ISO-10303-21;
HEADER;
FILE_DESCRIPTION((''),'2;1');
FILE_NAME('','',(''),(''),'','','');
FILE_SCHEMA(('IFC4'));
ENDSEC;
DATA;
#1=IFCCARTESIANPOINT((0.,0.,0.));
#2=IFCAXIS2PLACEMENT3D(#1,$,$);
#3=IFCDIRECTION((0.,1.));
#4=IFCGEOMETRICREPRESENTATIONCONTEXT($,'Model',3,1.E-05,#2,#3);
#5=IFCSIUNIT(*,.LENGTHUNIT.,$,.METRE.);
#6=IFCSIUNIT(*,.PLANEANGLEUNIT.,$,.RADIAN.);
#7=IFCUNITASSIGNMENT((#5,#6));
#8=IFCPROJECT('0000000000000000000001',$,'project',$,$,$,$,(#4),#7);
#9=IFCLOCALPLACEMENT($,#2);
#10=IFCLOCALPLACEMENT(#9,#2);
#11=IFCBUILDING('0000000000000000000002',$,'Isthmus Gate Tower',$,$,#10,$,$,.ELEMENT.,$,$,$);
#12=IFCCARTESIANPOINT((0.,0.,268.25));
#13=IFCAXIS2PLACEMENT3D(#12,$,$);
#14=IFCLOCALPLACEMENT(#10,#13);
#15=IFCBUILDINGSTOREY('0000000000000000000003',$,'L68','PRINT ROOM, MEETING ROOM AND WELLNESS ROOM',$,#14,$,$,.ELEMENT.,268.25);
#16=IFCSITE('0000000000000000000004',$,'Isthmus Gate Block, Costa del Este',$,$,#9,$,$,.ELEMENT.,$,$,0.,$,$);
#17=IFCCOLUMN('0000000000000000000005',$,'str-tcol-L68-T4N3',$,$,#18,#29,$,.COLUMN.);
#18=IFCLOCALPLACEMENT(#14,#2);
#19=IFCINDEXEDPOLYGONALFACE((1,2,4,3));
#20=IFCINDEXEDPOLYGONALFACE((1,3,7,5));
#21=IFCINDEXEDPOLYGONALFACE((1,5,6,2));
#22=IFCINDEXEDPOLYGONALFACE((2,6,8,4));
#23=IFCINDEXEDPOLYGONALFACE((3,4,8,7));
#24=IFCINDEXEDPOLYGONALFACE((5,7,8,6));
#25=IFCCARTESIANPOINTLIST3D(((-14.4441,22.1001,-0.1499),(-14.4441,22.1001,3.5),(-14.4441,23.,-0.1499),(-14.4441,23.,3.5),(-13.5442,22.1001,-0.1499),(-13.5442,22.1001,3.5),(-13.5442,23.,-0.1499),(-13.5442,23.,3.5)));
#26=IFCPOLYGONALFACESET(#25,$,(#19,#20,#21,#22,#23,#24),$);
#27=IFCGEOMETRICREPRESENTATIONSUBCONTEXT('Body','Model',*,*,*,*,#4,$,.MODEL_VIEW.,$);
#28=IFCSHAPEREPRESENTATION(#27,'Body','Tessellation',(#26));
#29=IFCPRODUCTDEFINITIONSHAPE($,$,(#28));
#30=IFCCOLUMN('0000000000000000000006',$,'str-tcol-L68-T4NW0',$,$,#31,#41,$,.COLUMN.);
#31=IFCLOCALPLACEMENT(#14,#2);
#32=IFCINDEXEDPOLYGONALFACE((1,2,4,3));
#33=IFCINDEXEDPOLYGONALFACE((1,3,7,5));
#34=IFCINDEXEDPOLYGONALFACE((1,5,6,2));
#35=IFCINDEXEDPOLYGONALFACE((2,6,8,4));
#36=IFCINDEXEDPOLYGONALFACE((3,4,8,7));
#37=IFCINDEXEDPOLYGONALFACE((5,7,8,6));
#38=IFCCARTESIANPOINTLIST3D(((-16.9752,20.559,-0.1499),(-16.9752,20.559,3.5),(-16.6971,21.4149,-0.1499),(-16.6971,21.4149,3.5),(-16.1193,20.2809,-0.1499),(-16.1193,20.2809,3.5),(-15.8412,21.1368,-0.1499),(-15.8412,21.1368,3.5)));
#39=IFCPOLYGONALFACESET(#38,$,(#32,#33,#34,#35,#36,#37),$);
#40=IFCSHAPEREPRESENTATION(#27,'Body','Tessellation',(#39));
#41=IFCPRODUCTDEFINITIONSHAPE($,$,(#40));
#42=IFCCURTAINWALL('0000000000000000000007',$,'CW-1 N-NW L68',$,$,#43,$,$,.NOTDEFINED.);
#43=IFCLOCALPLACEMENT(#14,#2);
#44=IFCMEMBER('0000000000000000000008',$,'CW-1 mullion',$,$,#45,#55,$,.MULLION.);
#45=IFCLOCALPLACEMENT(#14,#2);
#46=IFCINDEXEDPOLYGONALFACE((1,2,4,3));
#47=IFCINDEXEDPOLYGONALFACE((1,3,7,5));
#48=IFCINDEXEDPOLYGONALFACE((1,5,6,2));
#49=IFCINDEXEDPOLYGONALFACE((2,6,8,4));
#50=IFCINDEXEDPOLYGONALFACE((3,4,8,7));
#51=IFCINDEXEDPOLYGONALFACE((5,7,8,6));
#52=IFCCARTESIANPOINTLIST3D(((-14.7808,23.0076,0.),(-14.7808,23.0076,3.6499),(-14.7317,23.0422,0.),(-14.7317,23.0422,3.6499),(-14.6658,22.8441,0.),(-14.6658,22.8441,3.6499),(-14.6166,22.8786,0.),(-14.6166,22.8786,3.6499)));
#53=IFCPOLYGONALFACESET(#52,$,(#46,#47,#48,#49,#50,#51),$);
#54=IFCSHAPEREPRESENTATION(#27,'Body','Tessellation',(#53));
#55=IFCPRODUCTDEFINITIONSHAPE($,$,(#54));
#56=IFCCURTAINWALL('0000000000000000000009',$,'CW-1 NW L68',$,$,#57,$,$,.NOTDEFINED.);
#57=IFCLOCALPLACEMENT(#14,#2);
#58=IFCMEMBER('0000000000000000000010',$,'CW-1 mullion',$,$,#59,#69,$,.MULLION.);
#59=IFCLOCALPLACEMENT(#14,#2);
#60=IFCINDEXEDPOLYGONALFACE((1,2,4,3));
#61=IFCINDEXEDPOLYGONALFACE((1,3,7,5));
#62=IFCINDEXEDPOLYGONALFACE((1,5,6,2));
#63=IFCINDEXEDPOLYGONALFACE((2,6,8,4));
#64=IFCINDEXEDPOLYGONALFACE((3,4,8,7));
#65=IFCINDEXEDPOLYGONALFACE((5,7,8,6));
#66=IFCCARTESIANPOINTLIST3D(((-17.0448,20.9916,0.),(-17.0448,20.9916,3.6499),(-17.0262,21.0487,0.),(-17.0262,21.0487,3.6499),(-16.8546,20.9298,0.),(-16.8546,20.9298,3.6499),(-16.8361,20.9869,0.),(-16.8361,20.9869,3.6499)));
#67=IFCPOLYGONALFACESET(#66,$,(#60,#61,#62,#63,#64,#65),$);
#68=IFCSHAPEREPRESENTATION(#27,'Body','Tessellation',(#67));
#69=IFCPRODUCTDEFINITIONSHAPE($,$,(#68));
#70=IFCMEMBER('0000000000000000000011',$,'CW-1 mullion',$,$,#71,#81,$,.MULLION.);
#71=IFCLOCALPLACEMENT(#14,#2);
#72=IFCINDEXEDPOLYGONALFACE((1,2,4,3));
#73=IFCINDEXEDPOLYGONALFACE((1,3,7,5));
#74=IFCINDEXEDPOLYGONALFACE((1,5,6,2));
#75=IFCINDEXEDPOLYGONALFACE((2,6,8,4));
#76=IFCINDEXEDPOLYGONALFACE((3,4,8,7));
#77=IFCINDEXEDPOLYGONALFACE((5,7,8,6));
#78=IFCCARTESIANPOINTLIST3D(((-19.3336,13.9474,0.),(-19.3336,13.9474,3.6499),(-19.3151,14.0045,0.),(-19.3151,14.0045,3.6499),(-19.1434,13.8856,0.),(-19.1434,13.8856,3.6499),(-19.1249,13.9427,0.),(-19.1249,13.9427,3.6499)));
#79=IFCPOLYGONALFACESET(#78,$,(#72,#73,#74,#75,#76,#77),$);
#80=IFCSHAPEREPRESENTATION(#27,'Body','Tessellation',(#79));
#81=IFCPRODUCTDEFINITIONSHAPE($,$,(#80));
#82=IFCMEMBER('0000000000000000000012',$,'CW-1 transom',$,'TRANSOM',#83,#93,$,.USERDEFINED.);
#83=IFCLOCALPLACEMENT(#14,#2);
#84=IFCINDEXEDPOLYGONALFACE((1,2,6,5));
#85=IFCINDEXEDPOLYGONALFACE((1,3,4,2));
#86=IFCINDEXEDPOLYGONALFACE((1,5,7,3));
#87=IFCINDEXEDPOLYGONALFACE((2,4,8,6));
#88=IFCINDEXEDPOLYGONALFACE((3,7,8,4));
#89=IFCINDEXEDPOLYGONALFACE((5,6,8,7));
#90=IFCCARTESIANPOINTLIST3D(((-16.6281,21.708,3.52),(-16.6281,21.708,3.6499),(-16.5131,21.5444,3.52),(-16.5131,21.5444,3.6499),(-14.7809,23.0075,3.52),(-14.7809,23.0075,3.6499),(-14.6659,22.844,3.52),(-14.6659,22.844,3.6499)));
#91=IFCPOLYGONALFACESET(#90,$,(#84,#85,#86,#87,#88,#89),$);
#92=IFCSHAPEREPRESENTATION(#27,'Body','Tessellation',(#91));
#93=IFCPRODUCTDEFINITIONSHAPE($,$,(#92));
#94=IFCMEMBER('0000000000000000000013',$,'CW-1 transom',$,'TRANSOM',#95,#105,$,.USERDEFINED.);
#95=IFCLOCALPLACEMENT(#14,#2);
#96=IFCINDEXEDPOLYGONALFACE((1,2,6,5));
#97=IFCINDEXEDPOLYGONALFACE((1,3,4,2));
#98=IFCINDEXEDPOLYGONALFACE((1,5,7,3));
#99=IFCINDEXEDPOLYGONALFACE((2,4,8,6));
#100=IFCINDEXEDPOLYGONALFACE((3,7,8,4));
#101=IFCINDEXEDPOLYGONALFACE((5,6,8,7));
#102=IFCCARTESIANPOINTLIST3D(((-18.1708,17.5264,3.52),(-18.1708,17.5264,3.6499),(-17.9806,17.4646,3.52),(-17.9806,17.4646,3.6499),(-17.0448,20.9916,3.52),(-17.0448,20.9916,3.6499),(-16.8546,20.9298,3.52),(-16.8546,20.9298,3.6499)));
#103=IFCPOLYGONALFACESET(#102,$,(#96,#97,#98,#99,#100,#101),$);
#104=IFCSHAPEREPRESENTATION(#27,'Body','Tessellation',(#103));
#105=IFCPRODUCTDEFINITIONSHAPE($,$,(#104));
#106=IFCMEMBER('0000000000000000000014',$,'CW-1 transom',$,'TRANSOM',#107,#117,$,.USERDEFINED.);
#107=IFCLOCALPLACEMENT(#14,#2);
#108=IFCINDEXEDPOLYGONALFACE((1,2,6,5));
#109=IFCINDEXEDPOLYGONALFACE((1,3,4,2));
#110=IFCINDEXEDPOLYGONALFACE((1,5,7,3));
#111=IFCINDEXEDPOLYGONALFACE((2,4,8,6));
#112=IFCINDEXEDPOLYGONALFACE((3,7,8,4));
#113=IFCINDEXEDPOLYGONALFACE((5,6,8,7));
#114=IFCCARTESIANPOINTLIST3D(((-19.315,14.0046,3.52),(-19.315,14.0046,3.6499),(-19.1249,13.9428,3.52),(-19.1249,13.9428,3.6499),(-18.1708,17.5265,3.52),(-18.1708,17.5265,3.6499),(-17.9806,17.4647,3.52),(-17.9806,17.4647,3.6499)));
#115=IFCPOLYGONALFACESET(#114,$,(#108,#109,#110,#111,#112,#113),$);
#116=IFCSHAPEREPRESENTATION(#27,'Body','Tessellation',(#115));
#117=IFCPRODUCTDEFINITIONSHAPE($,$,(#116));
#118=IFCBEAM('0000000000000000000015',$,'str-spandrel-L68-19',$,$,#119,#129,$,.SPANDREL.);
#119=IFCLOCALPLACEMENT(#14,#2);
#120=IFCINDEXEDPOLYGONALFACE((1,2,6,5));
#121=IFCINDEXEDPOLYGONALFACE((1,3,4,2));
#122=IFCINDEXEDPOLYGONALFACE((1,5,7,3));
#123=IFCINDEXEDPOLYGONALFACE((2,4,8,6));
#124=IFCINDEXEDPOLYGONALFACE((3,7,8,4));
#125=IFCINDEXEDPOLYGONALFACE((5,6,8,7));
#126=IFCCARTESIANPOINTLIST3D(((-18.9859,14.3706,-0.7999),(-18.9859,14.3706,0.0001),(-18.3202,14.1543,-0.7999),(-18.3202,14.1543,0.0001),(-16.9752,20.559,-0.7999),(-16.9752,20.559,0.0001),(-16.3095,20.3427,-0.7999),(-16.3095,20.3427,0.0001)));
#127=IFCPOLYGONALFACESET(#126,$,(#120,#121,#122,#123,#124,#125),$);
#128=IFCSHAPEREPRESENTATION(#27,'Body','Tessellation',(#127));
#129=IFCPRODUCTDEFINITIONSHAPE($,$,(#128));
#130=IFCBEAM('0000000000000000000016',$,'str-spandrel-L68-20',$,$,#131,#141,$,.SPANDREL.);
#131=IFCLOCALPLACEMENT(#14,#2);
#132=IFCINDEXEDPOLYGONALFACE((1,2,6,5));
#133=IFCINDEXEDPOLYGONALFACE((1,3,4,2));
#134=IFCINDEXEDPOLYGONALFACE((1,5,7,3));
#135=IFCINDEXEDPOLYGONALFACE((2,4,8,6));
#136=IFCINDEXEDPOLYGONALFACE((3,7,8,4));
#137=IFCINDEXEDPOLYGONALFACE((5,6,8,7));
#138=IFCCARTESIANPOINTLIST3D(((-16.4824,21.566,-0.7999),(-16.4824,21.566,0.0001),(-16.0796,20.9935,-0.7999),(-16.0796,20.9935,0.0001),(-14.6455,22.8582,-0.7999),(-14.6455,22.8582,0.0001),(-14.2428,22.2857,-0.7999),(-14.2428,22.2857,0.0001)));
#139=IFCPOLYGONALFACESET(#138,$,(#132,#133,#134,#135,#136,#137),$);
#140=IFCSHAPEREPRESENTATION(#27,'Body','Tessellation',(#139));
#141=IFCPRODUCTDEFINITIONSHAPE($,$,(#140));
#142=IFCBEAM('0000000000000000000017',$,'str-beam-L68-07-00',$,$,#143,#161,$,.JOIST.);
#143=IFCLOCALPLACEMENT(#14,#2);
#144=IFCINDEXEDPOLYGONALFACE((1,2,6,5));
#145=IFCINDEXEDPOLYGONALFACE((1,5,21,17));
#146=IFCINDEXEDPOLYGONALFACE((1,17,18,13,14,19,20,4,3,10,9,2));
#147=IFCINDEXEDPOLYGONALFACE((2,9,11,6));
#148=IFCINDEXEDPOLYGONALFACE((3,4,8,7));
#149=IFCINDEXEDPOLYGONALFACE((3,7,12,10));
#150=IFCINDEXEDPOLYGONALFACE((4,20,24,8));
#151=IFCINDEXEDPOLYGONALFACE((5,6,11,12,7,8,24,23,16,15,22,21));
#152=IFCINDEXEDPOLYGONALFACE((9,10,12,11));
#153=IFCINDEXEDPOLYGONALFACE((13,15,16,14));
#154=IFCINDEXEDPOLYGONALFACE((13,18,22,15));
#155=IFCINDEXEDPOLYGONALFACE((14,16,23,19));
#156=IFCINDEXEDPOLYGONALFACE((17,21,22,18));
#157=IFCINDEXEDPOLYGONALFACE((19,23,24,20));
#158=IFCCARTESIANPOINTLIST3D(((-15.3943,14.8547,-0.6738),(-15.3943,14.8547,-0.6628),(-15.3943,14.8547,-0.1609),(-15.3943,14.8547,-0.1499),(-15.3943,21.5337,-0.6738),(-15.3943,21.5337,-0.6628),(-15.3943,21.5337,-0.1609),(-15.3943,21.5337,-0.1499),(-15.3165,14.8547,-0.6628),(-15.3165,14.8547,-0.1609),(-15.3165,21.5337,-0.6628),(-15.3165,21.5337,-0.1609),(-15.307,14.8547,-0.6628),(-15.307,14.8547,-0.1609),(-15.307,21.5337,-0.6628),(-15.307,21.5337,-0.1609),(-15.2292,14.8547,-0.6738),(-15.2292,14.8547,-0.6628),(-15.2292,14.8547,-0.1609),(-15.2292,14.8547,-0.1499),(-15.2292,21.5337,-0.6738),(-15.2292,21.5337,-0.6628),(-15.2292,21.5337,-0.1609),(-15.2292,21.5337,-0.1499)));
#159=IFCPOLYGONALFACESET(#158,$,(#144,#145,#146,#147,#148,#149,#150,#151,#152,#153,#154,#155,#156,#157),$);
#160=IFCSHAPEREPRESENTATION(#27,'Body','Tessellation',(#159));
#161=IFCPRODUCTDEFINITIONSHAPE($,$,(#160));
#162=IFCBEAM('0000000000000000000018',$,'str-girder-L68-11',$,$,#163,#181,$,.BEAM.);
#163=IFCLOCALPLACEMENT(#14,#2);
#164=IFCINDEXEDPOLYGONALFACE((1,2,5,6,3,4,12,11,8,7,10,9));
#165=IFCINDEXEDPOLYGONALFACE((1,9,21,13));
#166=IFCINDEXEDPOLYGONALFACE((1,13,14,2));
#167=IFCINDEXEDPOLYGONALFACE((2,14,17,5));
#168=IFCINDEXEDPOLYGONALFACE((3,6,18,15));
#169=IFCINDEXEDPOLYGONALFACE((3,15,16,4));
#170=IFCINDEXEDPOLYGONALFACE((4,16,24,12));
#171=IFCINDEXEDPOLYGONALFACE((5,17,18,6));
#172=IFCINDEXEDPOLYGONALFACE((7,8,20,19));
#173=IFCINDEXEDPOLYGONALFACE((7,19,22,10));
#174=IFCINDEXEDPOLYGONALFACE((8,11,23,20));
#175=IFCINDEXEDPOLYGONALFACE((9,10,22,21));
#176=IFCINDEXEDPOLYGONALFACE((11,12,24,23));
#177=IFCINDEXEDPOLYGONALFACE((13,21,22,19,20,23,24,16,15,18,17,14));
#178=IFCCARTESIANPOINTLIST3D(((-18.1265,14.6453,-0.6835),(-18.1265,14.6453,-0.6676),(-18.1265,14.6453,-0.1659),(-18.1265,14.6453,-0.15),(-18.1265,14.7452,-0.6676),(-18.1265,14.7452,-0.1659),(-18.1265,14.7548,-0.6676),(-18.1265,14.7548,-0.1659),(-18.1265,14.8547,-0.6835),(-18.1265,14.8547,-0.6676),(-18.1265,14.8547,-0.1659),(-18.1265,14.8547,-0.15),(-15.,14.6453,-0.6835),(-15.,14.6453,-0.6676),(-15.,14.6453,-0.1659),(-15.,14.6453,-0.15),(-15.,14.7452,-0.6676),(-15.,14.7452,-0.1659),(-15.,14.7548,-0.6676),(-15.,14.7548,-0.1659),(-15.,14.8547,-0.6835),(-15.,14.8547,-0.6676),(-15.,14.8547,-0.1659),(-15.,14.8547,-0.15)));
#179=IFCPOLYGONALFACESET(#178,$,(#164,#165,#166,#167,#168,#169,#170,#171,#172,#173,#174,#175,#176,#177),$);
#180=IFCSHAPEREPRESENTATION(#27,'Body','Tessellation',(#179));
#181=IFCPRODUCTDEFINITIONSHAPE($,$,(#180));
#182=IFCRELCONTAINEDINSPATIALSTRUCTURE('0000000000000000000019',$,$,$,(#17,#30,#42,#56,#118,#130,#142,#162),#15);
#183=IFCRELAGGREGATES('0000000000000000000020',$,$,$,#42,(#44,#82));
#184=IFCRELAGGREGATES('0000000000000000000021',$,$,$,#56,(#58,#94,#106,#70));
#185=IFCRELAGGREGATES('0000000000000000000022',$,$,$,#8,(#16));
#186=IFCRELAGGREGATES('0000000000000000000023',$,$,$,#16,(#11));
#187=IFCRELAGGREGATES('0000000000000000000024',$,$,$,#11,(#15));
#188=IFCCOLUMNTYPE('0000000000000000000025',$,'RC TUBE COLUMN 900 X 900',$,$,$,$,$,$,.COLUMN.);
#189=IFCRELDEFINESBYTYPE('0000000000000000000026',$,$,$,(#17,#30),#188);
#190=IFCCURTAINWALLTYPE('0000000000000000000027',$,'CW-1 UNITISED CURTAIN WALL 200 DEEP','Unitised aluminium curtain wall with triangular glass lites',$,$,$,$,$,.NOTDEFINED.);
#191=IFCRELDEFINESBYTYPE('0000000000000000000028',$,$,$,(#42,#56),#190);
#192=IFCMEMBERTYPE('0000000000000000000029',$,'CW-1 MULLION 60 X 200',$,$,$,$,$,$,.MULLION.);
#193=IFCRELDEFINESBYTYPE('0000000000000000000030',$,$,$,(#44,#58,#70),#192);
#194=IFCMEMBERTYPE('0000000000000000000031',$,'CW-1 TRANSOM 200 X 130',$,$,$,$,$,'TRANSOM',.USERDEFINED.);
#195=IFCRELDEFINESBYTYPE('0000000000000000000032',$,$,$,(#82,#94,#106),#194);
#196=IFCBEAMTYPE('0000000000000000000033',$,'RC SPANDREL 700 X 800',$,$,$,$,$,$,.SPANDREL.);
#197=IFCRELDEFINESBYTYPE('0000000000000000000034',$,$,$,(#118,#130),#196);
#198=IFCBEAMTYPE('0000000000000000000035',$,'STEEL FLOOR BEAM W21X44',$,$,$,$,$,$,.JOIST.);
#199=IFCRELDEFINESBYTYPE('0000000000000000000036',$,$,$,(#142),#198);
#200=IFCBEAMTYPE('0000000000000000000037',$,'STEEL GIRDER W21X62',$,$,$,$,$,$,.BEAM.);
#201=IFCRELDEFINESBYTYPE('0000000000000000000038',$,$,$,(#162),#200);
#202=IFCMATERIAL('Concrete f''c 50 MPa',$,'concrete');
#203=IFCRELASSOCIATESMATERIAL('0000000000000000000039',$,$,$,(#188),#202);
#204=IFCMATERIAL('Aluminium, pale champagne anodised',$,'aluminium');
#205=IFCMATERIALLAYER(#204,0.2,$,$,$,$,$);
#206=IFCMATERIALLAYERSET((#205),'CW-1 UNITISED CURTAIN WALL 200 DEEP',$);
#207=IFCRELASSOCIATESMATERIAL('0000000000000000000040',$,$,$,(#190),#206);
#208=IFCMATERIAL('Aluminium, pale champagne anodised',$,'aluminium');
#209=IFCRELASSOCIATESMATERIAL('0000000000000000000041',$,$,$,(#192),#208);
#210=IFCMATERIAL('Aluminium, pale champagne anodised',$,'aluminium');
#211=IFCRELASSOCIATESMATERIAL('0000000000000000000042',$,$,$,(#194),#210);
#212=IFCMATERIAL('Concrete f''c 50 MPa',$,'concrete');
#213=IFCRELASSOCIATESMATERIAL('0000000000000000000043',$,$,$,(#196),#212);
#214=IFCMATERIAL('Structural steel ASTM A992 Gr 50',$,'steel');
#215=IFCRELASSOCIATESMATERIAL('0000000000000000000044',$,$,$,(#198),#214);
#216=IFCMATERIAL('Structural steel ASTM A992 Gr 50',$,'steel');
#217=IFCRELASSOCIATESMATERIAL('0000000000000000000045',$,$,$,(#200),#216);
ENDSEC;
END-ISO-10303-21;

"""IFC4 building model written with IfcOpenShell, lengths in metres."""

from ifc_helpers import new_model, si_unit, direction, frame, origin, origin_2d, place, context, subcontext, project, spatial, rectangle, i_section, extrude, material, layer, layer_set, material_profile, profile_set, type_object, element, aggregate, save


model = new_model("IFC4")

# Units and contexts
model_context = context("Model", 3, precision=1e-05, world=origin(), true_north=direction((0.0, 1.0)))
body_context = subcontext(model_context, "Body", "Model", "MODEL_VIEW")
ifc_project = project(units=[si_unit("LENGTHUNIT", "METRE"), si_unit("PLANEANGLEUNIT", "RADIAN")], contexts=[model_context])

# Site, building, storey
site_placement = place(None, origin())
site = spatial("IfcSite", under=ifc_project, at=site_placement, Name="Isthmus Gate Block, Costa del Este", CompositionType="ELEMENT", RefElevation=0.0)
building_placement = place(site_placement, origin())
building = spatial("IfcBuilding", under=site, at=building_placement, Name="Isthmus Gate Tower", CompositionType="ELEMENT")
storey_placement = place(building_placement, frame((0.0, 0.0, 268.25)))
storey = spatial("IfcBuildingStorey", under=building, at=storey_placement, Name="L68", Description="PRINT ROOM, MEETING ROOM AND WELLNESS ROOM", CompositionType="ELEMENT", Elevation=268.25)

# Columns
ifc_material_1 = material(Name="Concrete f'c 50 MPa", Category="concrete")
ifc_material_profile_1 = material_profile(ifc_material_1, rectangle(XDim=0.8999, YDim=0.8999, at=origin_2d()), Name="RC 900X900")
ifc_profile_set_1 = profile_set([ifc_material_profile_1], Name="Concrete f'c 50 MPa")
column_type = type_object("IfcColumnType", Name="RC TUBE COLUMN 900 X 900", PredefinedType="COLUMN", material=ifc_profile_set_1)
for number, where, z_axis, x_axis, name in (
    (1, (-13.9941, 22.55, -0.1499), (0.0, 0.0, 1.0), (-1.0, 0.0, 0.0), "str-tcol-L68-T4N3"),
    (2, (-16.4082, 20.8479, -0.1499), (0.0, 0.0, 1.0), (-0.309017, -0.951057, 0.0), "str-tcol-L68-T4NW0"),
):
    element("IfcColumn", number, at=place(storey_placement, frame(where, z_axis=z_axis, x_axis=x_axis)), inside=storey, type_object=column_type, Name=name, PredefinedType="COLUMN", context=body_context, shape_type="SweptSolid", body=[
        extrude(rectangle(XDim=0.8999, YDim=0.8999, at=origin_2d()), origin(), (0.0, 0.0, 1.0), 3.6499),
    ])

# Curtain wall, member
ifc_material_2 = material(Name="Aluminium, pale champagne anodised", Category="aluminium")
ifc_layer_1 = layer(ifc_material_2, 0.2)
ifc_layer_set_1 = layer_set([ifc_layer_1], Name="CW-1 UNITISED CURTAIN WALL 200 DEEP")
curtain_wall_type = type_object("IfcCurtainWallType", Name="CW-1 UNITISED CURTAIN WALL 200 DEEP", Description="Unitised aluminium curtain wall with triangular glass lites", PredefinedType="NOTDEFINED", material=ifc_layer_set_1)
curtain_wall_1_placement = place(storey_placement, origin())
curtain_wall_1 = element("IfcCurtainWall", 3, at=curtain_wall_1_placement, inside=storey, type_object=curtain_wall_type, Name="CW-1 N-NW L68", PredefinedType="NOTDEFINED")
ifc_material_3 = material(Name="Aluminium, pale champagne anodised", Category="aluminium")
ifc_material_profile_2 = material_profile(ifc_material_3, rectangle(XDim=0.0601, YDim=0.2, at=origin_2d()), Name="60x200")
ifc_profile_set_2 = profile_set([ifc_material_profile_2], Name="Aluminium, pale champagne anodised")
member_type_1 = type_object("IfcMemberType", Name="CW-1 MULLION 60 X 200", PredefinedType="MULLION", material=ifc_profile_set_2)
member_1_placement = place(storey_placement, frame((-14.6987, 22.9431, 0.0), z_axis=(0.0, 0.0, 1.0), x_axis=(-0.81786, -0.575418, 0.0)))
member_1 = element("IfcMember", 4, at=member_1_placement, type_object=member_type_1, Name="CW-1 mullion", PredefinedType="MULLION", context=body_context, shape_type="SweptSolid", body=[
    extrude(rectangle(XDim=0.0601, YDim=0.2, at=origin_2d()), origin(), (0.0, 0.0, 1.0), 3.6499),
])

# Curtain wall, members
curtain_wall_2_placement = place(storey_placement, origin())
curtain_wall_2 = element("IfcCurtainWall", 5, at=curtain_wall_2_placement, inside=storey, type_object=curtain_wall_type, Name="CW-1 NW L68", PredefinedType="NOTDEFINED")
member_2_placement = place(storey_placement, frame((-16.9404, 20.9893, 0.0), z_axis=(0.0, 0.0, 1.0), x_axis=(-0.309017, -0.951057, 0.0)))
member_2 = element("IfcMember", 6, at=member_2_placement, type_object=member_type_1, Name="CW-1 mullion", PredefinedType="MULLION", context=body_context, shape_type="SweptSolid", body=[
    extrude(rectangle(XDim=0.0601, YDim=0.2, at=origin_2d()), origin(), (0.0, 0.0, 1.0), 3.6499),
])
member_3_placement = place(storey_placement, frame((-19.2292, 13.9451, 0.0), z_axis=(0.0, 0.0, 1.0), x_axis=(-0.309017, -0.951057, 0.0)))
member_3 = element("IfcMember", 7, at=member_3_placement, type_object=member_type_1, Name="CW-1 mullion", PredefinedType="MULLION", context=body_context, shape_type="SweptSolid", body=[
    extrude(rectangle(XDim=0.0601, YDim=0.2, at=origin_2d()), origin(), (0.0, 0.0, 1.0), 3.6499),
])

# Members
ifc_material_4 = material(Name="Aluminium, pale champagne anodised", Category="aluminium")
ifc_material_profile_3 = material_profile(ifc_material_4, rectangle(XDim=0.2, YDim=0.1299, at=origin_2d()), Name="200x130")
ifc_profile_set_3 = profile_set([ifc_material_profile_3], Name="Aluminium, pale champagne anodised")
member_type_2 = type_object("IfcMemberType", Name="CW-1 TRANSOM 200 X 130", ElementType="TRANSOM", PredefinedType="USERDEFINED", material=ifc_profile_set_3)
member_4_placement = place(storey_placement, frame((-14.7234, 22.9258, 3.585), z_axis=(-0.817869, -0.575405, 0.0), x_axis=(0.575405, -0.817869, 0.0)))
member_4 = element("IfcMember", 8, at=member_4_placement, type_object=member_type_2, Name="CW-1 transom", ObjectType="TRANSOM", PredefinedType="USERDEFINED", context=body_context, shape_type="SweptSolid", body=[
    extrude(rectangle(XDim=0.2, YDim=0.1299, at=origin_2d()), origin(), (0.0, 0.0, 1.0), 2.2585),
])
member_5_placement = place(storey_placement, frame((-16.9497, 20.9607, 3.585), z_axis=(-0.309042, -0.951048, 0.0), x_axis=(0.951048, -0.309042, 0.0)))
member_5 = element("IfcMember", 9, at=member_5_placement, type_object=member_type_2, Name="CW-1 transom", ObjectType="TRANSOM", PredefinedType="USERDEFINED", context=body_context, shape_type="SweptSolid", body=[
    extrude(rectangle(XDim=0.2, YDim=0.1299, at=origin_2d()), origin(), (0.0, 0.0, 1.0), 3.6436),
])
member_6_placement = place(storey_placement, frame((-18.0757, 17.4956, 3.585), z_axis=(-0.309, -0.951062, 0.0), x_axis=(0.951062, -0.309, 0.0)))
member_6 = element("IfcMember", 10, at=member_6_placement, type_object=member_type_2, Name="CW-1 transom", ObjectType="TRANSOM", PredefinedType="USERDEFINED", context=body_context, shape_type="SweptSolid", body=[
    extrude(rectangle(XDim=0.2, YDim=0.1299, at=origin_2d()), origin(), (0.0, 0.0, 1.0), 3.7031),
])

# Beams
ifc_material_5 = material(Name="Concrete f'c 50 MPa", Category="concrete")
ifc_material_profile_4 = material_profile(ifc_material_5, rectangle(XDim=0.7, YDim=0.8, at=origin_2d()), Name="RC 700X800")
ifc_profile_set_4 = profile_set([ifc_material_profile_4], Name="Concrete f'c 50 MPa")
beam_type_1 = type_object("IfcBeamType", Name="RC SPANDREL 700 X 800", PredefinedType="SPANDREL", material=ifc_profile_set_4)
beam_1_placement = place(storey_placement, frame((-18.6531, 14.2625, -0.3999), z_axis=(0.309015, 0.951057, 0.0), x_axis=(-0.951057, 0.309015, 0.0)))
element("IfcBeam", 11, at=beam_1_placement, inside=storey, type_object=beam_type_1, Name="str-spandrel-L68-19", PredefinedType="SPANDREL", context=body_context, shape_type="SweptSolid", body=[
    extrude(rectangle(XDim=0.7, YDim=0.8, at=origin_2d()), origin(), (0.0, 0.0, 1.0), 6.5068),
])
beam_2_placement = place(storey_placement, frame((-16.281, 21.2798, -0.3999), z_axis=(0.817892, 0.575372, 0.0), x_axis=(-0.575372, 0.817892, 0.0)))
element("IfcBeam", 12, at=beam_2_placement, inside=storey, type_object=beam_type_1, Name="str-spandrel-L68-20", PredefinedType="SPANDREL", context=body_context, shape_type="SweptSolid", body=[
    extrude(rectangle(XDim=0.7, YDim=0.8, at=origin_2d()), origin(), (0.0, 0.0, 1.0), 2.2458),
])
ifc_material_6 = material(Name="Structural steel ASTM A992 Gr 50", Category="steel")
ifc_material_profile_5 = material_profile(ifc_material_6, i_section(OverallWidth=0.165, OverallDepth=0.5239, WebThickness=0.0095, FlangeThickness=0.011, at=origin_2d()), Name="W21X44")
ifc_profile_set_5 = profile_set([ifc_material_profile_5], Name="Structural steel ASTM A992 Gr 50")
beam_type_2 = type_object("IfcBeamType", Name="STEEL FLOOR BEAM W21X44", PredefinedType="JOIST", material=ifc_profile_set_5)
beam_3_placement = place(storey_placement, frame((-15.3118, 14.8547, -0.4119), z_axis=(0.0, 1.0, 0.0), x_axis=(-1.0, 0.0, 0.0)))
element("IfcBeam", 13, at=beam_3_placement, inside=storey, type_object=beam_type_2, Name="str-beam-L68-07-00", PredefinedType="JOIST", context=body_context, shape_type="SweptSolid", body=[
    extrude(i_section(OverallWidth=0.165, OverallDepth=0.5239, WebThickness=0.0095, FlangeThickness=0.011, at=origin_2d()), origin(), (0.0, 0.0, 1.0), 6.679),
])
ifc_material_7 = material(Name="Structural steel ASTM A992 Gr 50", Category="steel")
ifc_material_profile_6 = material_profile(ifc_material_7, i_section(OverallWidth=0.2095, OverallDepth=0.5334, WebThickness=0.0095, FlangeThickness=0.0159, at=origin_2d()), Name="W21X62")
ifc_profile_set_6 = profile_set([ifc_material_profile_6], Name="Structural steel ASTM A992 Gr 50")
beam_type_3 = type_object("IfcBeamType", Name="STEEL GIRDER W21X62", PredefinedType="BEAM", material=ifc_profile_set_6)
beam_4_placement = place(storey_placement, frame((-15.0, 14.75, -0.4167), z_axis=(-1.0, 0.0, 0.0), x_axis=(0.0, -1.0, 0.0)))
element("IfcBeam", 14, at=beam_4_placement, inside=storey, type_object=beam_type_3, Name="str-girder-L68-11", PredefinedType="BEAM", context=body_context, shape_type="SweptSolid", body=[
    extrude(i_section(OverallWidth=0.2095, OverallDepth=0.5334, WebThickness=0.0095, FlangeThickness=0.0159, at=origin_2d()), origin(), (0.0, 0.0, 1.0), 3.1265),
])

aggregate(curtain_wall_1, [member_1, member_4])

aggregate(curtain_wall_2, [member_2, member_5, member_6, member_3])

save(model, "model.ifc")
